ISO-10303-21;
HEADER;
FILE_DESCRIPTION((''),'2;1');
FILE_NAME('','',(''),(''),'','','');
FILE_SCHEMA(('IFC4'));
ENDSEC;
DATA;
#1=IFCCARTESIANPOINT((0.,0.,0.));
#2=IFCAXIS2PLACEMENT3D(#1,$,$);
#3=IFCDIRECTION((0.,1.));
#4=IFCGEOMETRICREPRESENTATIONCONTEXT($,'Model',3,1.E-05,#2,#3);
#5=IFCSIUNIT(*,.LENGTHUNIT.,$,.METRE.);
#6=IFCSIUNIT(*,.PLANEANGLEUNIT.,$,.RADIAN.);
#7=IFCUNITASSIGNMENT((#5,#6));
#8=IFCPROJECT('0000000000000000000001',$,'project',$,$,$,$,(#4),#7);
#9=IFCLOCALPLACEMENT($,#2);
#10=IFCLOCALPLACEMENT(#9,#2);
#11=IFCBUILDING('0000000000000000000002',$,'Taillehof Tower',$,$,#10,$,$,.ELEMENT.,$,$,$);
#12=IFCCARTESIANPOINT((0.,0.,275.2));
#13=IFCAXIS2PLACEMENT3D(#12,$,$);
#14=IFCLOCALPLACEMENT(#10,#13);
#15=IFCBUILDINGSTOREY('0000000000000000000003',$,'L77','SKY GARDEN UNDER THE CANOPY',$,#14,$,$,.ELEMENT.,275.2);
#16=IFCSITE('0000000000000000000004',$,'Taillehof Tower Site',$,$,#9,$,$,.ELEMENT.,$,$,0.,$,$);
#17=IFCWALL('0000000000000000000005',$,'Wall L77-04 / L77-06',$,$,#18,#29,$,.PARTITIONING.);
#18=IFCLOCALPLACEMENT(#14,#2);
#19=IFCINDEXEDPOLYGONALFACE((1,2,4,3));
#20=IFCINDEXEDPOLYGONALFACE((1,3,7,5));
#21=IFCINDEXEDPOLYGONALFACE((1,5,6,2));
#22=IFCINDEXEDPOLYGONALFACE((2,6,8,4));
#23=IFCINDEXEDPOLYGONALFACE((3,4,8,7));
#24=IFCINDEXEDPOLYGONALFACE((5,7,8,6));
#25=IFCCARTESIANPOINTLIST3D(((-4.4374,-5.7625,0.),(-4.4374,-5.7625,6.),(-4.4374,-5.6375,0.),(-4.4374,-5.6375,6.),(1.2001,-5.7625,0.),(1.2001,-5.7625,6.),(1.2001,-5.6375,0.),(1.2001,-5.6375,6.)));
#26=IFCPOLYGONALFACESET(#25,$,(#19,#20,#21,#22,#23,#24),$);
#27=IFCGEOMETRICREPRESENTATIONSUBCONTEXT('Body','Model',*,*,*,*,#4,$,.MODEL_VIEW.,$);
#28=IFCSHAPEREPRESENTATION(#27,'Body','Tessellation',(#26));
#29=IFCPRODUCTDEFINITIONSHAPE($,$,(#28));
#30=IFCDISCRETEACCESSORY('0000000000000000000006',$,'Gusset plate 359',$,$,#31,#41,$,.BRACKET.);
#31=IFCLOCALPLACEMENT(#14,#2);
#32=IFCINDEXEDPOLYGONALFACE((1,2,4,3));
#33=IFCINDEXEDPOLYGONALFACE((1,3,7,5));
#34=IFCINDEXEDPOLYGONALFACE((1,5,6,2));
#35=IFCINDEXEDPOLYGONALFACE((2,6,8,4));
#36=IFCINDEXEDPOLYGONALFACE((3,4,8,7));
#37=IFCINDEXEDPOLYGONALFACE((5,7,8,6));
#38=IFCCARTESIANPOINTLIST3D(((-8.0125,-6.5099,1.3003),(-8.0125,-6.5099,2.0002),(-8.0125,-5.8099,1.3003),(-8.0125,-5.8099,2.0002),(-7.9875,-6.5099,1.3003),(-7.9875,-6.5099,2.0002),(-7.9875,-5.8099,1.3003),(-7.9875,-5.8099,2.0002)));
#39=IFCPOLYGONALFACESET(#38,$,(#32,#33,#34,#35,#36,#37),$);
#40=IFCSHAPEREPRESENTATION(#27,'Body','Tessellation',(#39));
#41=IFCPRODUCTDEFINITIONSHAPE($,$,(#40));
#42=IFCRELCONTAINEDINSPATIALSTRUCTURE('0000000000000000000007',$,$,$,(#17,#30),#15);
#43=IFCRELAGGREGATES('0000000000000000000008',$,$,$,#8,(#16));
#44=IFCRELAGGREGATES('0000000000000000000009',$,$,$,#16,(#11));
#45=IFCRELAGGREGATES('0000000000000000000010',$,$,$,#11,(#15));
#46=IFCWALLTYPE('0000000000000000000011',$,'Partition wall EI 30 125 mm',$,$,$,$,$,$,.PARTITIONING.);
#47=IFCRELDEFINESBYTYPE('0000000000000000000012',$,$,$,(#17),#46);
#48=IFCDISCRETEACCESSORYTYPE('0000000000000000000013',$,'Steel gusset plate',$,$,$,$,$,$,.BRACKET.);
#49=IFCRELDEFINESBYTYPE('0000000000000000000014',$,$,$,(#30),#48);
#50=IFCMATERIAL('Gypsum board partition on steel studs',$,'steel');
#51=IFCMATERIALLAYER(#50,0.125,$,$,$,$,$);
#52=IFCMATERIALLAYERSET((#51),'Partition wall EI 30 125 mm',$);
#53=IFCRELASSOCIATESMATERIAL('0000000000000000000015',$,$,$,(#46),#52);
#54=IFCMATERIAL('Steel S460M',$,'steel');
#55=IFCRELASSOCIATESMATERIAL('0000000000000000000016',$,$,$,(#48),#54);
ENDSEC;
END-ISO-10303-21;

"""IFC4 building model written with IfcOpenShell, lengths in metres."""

from ifc_helpers import new_model, si_unit, direction, frame, frame_2d, origin, origin_2d, place, context, subcontext, project, spatial, rectangle, extrude, material, layer, layer_set, type_object, element, save


model = new_model("IFC4")

# Units and contexts
model_context = context("Model", 3, precision=1e-05, world=origin(), true_north=direction((0.0, 1.0)))
body_context = subcontext(model_context, "Body", "Model", "MODEL_VIEW")
ifc_project = project(units=[si_unit("LENGTHUNIT", "METRE"), si_unit("PLANEANGLEUNIT", "RADIAN")], contexts=[model_context])

# Site, building, storey
site_placement = place(None, origin())
site = spatial("IfcSite", under=ifc_project, at=site_placement, Name="Taillehof Tower Site", CompositionType="ELEMENT", RefElevation=0.0)
building_placement = place(site_placement, origin())
building = spatial("IfcBuilding", under=site, at=building_placement, Name="Taillehof Tower", CompositionType="ELEMENT")
storey_placement = place(building_placement, frame((0.0, 0.0, 275.2)))
storey = spatial("IfcBuildingStorey", under=building, at=storey_placement, Name="L77", Description="SKY GARDEN UNDER THE CANOPY", CompositionType="ELEMENT", Elevation=275.2)

# Wall
ifc_material_1 = material(Name="Gypsum board partition on steel studs", Category="steel")
ifc_layer_1 = layer(ifc_material_1, 0.125)
ifc_layer_set_1 = layer_set([ifc_layer_1], Name="Partition wall EI 30 125 mm")
wall_type = type_object("IfcWallType", Name="Partition wall EI 30 125 mm", PredefinedType="PARTITIONING", material=ifc_layer_set_1)
wall_placement = place(storey_placement, frame((-4.4375, -5.7, 0.0), z_axis=(0.0, 0.0, 1.0), x_axis=(1.0, 0.0, 0.0)))
element("IfcWall", 1, at=wall_placement, inside=storey, type_object=wall_type, Name="Wall L77-04 / L77-06", PredefinedType="PARTITIONING", context=body_context, shape_type="SweptSolid", body=[
    extrude(rectangle(XDim=5.6375, YDim=0.125, at=frame_2d((2.8188, 0.0))), origin(), (0.0, 0.0, 1.0), 6.0),
])

# Discrete accessory
ifc_material_2 = material(Name="Steel S460M", Category="steel")
discrete_accessory_type = type_object("IfcDiscreteAccessoryType", Name="Steel gusset plate", PredefinedType="BRACKET", material=ifc_material_2)
discrete_accessory_placement = place(storey_placement, frame((-8.0, -6.1599, 1.3003), z_axis=(0.0, 0.0, 1.0), x_axis=(0.0, 1.0, 0.0)))
element("IfcDiscreteAccessory", 2, at=discrete_accessory_placement, inside=storey, type_object=discrete_accessory_type, Name="Gusset plate 359", PredefinedType="BRACKET", context=body_context, shape_type="SweptSolid", body=[
    extrude(rectangle(XDim=0.7, YDim=0.0249, at=origin_2d()), origin(), (0.0, 0.0, 1.0), 0.7),
])

save(model, "model.ifc")
